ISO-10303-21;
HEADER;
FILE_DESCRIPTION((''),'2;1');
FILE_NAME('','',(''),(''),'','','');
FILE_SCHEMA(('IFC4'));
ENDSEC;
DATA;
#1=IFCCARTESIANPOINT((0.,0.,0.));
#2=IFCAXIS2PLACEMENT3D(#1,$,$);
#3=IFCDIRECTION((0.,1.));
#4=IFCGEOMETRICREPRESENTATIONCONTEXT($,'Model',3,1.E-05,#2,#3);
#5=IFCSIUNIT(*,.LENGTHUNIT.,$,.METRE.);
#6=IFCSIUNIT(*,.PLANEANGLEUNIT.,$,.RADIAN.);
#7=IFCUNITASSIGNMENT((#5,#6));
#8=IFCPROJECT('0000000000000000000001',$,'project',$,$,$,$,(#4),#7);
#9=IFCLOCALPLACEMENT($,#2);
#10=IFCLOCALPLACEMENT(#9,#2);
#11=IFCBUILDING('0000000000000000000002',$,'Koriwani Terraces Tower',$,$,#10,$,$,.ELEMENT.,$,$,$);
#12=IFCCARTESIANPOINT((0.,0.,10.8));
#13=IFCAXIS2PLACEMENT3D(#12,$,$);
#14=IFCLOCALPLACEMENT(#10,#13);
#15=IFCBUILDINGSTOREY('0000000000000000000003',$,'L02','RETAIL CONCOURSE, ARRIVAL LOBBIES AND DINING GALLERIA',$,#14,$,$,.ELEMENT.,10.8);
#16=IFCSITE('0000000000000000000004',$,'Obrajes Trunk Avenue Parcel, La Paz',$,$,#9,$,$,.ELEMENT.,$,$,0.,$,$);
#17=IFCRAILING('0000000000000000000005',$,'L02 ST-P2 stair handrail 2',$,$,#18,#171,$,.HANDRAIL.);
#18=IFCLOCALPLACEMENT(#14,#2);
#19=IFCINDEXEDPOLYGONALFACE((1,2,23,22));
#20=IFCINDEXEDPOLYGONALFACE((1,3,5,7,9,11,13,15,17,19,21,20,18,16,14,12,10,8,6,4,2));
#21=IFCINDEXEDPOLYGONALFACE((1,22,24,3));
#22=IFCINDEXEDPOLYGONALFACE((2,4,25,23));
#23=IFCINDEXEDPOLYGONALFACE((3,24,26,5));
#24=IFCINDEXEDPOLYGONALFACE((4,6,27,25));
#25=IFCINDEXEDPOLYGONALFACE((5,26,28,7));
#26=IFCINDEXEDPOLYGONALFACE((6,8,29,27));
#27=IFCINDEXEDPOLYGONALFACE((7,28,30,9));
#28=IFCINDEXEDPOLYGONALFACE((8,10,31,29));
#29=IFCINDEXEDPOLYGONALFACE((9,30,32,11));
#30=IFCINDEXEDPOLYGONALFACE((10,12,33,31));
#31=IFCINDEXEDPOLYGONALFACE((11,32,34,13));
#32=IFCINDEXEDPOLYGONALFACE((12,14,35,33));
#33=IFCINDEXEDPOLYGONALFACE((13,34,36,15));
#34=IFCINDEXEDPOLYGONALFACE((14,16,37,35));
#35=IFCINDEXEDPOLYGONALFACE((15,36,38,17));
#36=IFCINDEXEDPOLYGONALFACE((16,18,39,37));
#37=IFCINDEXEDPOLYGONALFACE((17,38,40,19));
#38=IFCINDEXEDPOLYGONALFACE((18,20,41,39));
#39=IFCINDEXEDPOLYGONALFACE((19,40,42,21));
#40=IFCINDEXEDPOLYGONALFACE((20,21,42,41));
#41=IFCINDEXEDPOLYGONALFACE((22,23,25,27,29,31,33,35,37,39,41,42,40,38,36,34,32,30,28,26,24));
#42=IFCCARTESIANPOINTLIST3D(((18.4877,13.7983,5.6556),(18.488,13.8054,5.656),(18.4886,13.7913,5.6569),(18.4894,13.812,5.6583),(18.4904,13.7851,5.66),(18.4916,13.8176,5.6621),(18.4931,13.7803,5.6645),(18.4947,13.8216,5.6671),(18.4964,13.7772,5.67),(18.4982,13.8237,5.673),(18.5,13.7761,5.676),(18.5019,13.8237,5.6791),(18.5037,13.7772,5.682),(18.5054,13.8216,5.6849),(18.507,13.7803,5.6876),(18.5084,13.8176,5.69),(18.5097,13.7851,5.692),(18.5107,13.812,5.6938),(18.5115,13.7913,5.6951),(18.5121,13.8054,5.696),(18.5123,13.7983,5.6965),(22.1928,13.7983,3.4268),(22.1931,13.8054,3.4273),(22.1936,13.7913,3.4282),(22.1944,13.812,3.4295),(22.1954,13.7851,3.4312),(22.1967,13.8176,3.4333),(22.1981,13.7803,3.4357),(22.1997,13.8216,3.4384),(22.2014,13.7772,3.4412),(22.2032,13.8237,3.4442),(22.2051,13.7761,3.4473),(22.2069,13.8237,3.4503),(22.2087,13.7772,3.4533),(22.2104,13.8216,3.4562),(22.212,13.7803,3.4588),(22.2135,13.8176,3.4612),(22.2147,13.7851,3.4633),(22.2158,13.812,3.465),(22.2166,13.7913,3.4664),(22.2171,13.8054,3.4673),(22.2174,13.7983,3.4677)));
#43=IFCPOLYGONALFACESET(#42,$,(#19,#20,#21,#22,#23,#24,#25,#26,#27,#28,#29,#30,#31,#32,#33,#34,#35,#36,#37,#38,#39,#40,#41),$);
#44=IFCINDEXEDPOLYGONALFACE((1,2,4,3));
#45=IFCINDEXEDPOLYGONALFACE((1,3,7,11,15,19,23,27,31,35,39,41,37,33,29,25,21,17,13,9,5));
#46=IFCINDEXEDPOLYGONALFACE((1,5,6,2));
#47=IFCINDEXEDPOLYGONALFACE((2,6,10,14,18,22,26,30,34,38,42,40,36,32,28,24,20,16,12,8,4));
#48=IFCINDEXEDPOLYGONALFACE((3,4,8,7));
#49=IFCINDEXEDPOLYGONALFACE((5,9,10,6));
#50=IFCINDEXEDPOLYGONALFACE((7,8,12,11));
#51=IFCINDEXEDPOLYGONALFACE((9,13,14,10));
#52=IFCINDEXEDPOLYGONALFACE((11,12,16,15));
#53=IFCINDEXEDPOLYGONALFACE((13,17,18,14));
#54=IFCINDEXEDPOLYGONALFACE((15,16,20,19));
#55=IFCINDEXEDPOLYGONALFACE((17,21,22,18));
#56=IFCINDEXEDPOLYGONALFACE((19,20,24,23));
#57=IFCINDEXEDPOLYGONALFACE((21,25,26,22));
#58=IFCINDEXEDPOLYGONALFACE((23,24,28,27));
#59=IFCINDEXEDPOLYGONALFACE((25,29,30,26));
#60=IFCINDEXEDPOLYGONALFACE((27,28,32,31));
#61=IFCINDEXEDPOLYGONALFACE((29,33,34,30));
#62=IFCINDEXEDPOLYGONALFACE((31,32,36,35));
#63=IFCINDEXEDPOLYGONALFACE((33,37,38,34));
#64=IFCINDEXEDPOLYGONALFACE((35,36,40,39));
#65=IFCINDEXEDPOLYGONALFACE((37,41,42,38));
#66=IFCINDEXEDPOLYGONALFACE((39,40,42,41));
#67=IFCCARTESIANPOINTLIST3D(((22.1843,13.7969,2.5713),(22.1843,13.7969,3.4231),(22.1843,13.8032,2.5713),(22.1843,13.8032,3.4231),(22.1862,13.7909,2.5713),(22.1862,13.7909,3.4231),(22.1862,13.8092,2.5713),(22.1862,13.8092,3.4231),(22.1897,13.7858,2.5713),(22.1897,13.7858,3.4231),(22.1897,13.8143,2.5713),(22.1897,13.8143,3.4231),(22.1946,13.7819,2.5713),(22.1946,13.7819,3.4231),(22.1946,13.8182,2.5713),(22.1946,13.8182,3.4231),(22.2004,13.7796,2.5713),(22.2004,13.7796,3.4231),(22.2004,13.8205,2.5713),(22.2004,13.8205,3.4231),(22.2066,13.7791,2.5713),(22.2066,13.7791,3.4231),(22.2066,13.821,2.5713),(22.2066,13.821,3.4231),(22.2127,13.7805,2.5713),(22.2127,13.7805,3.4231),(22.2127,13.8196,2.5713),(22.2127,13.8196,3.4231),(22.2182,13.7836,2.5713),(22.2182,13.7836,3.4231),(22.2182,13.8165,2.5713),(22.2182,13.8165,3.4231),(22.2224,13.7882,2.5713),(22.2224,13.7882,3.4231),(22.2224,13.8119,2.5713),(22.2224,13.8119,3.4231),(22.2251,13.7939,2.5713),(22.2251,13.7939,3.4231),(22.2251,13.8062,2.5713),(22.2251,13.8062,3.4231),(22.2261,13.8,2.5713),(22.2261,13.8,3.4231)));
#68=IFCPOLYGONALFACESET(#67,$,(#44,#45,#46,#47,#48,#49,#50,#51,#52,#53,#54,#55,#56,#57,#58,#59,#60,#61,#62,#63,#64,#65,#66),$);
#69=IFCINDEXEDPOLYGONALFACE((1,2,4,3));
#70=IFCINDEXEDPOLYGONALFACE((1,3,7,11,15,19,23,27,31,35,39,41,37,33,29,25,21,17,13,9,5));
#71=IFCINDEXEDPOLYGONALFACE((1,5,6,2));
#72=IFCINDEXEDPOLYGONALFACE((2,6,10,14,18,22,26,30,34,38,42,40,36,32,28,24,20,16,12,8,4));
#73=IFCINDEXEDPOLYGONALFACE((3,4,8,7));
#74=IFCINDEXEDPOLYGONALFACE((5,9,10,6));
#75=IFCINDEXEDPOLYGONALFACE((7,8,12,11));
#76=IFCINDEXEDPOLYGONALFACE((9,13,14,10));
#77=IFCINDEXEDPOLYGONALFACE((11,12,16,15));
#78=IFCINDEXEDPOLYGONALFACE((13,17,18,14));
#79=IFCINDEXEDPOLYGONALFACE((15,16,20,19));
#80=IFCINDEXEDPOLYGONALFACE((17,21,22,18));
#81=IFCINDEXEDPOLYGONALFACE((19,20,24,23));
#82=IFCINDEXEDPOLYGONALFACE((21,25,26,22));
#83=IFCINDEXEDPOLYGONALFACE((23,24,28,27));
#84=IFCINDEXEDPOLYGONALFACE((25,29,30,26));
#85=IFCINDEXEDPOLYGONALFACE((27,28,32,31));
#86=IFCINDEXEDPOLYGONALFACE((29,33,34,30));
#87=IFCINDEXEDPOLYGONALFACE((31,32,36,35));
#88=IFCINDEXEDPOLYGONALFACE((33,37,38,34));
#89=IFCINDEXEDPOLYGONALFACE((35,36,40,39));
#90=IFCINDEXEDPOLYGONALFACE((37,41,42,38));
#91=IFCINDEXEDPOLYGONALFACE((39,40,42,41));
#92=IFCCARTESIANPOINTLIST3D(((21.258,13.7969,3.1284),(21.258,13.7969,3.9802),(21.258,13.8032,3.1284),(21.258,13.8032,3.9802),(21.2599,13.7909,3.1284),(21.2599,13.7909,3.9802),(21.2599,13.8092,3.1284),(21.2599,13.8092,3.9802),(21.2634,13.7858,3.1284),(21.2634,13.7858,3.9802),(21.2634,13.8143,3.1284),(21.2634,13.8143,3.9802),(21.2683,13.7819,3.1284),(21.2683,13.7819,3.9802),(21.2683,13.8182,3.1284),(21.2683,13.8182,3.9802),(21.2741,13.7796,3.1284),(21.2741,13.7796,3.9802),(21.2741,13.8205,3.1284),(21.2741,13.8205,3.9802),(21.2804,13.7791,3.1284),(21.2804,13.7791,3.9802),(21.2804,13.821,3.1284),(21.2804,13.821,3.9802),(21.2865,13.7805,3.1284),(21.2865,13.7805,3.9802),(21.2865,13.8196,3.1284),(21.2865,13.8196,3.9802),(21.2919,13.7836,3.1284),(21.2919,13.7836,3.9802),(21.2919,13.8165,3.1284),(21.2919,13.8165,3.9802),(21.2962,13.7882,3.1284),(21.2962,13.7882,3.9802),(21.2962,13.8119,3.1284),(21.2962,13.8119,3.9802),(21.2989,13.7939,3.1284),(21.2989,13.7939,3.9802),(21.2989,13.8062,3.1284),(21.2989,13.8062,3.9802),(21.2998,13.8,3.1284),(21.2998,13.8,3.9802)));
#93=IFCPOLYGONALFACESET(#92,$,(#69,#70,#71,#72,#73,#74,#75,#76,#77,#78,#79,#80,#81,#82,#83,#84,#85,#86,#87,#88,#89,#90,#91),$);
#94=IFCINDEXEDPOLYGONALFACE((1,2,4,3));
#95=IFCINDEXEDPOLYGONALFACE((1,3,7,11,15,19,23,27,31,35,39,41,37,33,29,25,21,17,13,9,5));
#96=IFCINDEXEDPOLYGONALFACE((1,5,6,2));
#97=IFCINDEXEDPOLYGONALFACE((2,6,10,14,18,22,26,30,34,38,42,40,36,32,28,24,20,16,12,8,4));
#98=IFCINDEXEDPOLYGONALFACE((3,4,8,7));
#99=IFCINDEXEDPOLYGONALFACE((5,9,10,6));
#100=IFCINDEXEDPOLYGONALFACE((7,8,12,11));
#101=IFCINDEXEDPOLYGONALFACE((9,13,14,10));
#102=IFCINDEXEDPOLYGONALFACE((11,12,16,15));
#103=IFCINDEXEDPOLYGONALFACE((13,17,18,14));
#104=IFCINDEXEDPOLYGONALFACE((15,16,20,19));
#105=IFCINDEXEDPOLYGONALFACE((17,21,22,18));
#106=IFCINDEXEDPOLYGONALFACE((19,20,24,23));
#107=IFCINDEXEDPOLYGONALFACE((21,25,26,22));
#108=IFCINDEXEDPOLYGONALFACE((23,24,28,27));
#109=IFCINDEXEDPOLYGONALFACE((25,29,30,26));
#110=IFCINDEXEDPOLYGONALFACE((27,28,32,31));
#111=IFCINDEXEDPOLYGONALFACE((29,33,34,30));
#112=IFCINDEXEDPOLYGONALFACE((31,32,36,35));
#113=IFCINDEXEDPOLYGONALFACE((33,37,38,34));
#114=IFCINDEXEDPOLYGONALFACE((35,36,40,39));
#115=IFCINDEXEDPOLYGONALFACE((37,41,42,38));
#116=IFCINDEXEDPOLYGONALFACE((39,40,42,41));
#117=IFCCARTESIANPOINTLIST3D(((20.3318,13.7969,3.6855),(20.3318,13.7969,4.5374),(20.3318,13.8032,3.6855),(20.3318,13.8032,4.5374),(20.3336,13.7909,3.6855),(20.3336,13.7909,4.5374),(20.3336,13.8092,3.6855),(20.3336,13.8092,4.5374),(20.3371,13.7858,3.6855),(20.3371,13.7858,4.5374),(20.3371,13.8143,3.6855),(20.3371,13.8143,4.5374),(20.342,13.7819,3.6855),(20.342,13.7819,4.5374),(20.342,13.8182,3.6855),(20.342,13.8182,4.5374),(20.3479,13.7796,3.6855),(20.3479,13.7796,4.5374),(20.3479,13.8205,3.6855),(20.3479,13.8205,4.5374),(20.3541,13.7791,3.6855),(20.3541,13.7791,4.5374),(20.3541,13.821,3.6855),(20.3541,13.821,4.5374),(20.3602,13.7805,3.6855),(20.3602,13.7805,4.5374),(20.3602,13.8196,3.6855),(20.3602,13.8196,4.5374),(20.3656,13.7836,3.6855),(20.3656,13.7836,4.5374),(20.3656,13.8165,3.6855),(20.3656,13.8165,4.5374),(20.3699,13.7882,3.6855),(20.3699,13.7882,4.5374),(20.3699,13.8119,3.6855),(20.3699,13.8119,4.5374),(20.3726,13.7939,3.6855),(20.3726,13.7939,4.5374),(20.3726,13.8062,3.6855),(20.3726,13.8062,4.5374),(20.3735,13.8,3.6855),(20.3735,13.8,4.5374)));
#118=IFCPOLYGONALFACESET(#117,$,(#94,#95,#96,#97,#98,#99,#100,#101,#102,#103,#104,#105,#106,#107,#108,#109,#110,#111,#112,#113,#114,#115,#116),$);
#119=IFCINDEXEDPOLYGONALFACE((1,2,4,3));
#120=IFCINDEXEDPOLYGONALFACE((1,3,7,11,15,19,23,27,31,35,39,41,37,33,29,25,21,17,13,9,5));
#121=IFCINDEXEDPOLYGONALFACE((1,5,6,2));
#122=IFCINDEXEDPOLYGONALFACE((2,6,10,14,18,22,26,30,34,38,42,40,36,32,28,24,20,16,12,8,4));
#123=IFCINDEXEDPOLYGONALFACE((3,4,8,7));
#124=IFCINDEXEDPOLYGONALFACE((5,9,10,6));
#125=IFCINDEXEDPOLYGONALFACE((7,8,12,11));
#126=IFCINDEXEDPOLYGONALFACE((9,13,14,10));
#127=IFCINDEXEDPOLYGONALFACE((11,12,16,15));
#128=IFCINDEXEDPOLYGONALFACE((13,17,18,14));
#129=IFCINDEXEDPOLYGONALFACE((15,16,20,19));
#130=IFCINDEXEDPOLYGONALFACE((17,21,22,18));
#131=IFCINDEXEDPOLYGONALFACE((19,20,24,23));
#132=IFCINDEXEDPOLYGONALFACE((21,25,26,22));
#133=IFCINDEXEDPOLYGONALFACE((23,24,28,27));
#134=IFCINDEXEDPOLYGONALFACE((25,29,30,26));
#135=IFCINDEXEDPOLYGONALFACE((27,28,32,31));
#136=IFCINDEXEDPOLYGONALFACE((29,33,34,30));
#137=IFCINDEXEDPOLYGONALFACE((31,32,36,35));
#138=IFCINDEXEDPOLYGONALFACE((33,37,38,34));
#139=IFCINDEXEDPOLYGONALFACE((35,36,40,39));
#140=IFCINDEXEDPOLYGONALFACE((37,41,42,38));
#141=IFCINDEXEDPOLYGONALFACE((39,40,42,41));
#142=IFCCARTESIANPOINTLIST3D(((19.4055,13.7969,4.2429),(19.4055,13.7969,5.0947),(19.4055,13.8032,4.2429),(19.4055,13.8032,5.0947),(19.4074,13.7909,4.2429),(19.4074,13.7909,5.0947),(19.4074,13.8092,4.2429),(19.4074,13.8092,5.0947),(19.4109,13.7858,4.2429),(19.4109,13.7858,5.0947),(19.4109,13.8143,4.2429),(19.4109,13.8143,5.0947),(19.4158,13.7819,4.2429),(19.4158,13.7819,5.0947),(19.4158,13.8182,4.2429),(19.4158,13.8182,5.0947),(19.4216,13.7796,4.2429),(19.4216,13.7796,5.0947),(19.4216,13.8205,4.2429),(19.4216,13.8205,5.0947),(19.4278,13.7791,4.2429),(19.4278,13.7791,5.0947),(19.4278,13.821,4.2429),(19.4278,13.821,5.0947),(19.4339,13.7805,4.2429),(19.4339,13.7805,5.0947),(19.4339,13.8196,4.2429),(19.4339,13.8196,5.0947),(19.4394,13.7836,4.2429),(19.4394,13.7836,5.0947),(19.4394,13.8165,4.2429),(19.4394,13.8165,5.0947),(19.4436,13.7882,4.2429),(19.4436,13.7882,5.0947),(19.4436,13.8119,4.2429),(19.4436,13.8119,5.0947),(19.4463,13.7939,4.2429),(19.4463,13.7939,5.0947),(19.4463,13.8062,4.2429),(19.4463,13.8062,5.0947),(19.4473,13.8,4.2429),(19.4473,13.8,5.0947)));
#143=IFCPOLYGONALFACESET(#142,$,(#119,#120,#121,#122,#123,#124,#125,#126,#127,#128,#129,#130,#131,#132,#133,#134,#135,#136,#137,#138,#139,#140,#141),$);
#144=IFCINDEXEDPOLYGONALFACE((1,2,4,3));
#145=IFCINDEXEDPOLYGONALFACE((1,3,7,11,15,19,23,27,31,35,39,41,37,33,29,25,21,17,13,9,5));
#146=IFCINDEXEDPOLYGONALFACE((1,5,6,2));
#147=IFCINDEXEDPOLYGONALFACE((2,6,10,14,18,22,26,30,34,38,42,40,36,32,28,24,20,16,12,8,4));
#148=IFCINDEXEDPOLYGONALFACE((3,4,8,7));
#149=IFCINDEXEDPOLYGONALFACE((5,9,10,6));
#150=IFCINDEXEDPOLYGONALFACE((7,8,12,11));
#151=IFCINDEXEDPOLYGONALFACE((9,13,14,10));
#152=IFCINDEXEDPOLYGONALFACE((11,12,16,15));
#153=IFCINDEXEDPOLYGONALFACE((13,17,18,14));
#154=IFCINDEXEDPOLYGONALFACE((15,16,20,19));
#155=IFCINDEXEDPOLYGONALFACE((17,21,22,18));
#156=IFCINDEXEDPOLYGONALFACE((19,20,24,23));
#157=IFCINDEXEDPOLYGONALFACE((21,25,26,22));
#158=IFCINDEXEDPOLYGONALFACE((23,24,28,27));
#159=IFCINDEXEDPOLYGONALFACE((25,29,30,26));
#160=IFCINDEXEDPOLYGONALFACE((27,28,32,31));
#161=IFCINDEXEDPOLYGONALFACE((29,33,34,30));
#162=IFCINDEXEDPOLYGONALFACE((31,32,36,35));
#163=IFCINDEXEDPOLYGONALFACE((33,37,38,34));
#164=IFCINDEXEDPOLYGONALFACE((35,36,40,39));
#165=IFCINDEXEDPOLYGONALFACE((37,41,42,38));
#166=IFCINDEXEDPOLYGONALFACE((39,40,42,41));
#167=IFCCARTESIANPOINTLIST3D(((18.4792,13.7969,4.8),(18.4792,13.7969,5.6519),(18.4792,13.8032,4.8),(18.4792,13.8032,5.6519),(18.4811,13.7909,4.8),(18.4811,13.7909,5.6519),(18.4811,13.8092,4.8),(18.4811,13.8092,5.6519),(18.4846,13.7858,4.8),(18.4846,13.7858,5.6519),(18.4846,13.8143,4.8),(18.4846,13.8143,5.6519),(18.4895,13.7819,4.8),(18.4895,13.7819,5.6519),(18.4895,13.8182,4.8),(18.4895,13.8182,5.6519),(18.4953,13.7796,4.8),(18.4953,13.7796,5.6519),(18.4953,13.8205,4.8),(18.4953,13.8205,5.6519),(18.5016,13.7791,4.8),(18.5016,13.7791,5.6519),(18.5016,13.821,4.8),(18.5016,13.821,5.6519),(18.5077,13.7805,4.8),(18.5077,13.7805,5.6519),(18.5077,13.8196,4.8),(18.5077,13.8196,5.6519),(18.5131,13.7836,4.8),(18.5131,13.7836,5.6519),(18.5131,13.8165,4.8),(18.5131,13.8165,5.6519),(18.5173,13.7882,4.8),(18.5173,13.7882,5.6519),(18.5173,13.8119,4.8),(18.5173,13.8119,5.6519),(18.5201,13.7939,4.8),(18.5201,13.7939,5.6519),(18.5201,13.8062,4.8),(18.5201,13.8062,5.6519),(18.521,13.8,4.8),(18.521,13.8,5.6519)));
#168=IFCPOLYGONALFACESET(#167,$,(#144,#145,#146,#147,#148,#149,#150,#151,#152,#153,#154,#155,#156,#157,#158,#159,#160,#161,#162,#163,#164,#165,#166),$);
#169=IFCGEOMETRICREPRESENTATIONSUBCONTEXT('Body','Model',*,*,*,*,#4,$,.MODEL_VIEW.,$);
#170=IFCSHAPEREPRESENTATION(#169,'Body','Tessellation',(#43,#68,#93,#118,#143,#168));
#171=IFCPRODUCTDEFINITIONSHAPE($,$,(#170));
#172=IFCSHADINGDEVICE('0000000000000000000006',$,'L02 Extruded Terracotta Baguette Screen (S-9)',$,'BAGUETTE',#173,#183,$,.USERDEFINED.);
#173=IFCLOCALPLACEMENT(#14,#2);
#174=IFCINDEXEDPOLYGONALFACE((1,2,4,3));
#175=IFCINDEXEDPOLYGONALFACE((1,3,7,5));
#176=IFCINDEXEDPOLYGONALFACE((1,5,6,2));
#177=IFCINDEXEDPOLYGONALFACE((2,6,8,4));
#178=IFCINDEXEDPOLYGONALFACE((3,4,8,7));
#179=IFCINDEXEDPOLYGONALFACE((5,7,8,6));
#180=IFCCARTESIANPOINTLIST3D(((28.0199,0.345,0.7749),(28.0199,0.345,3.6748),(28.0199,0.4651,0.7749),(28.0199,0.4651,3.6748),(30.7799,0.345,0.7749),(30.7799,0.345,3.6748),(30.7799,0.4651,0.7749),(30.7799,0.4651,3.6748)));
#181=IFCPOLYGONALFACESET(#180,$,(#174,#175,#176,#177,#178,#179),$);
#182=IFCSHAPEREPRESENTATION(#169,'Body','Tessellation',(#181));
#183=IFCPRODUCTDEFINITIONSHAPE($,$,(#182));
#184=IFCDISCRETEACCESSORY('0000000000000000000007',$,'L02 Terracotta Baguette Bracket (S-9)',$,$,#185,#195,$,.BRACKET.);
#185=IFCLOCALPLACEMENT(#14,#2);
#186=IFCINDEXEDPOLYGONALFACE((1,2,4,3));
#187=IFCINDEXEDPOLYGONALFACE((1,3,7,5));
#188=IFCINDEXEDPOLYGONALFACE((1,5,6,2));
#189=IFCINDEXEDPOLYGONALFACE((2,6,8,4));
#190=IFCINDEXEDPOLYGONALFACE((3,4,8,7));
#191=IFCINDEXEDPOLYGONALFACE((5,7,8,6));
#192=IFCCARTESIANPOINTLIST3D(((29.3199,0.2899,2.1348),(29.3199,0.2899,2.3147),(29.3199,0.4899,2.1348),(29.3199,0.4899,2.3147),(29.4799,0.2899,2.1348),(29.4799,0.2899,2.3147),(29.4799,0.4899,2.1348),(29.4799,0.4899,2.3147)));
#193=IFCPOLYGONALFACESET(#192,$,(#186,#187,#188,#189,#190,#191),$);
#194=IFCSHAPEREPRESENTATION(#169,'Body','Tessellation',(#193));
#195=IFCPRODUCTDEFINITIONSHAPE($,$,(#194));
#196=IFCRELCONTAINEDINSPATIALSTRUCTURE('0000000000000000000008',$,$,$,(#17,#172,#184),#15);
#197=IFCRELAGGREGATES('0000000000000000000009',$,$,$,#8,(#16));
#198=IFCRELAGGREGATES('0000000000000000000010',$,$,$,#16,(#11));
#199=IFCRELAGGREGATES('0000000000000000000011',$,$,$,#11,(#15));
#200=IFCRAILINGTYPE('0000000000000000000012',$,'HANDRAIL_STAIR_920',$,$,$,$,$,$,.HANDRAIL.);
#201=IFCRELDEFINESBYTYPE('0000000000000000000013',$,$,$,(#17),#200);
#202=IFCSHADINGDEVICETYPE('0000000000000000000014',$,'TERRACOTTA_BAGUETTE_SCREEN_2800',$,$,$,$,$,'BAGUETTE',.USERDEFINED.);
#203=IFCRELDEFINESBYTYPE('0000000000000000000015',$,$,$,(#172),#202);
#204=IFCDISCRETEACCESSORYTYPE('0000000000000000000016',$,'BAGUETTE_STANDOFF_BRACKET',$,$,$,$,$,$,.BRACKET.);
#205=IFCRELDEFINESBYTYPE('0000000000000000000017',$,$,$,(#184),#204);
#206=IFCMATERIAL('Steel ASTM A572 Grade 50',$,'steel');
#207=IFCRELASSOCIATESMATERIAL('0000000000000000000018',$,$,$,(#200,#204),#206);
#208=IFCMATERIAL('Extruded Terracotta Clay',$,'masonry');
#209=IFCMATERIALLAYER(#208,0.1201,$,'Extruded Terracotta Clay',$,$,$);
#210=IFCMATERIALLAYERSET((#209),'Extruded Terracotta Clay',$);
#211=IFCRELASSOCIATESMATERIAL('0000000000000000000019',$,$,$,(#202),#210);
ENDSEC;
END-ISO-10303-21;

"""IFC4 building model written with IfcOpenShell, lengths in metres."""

from ifc_helpers import new_model, si_unit, direction, frame, origin, origin_2d, place, context, subcontext, project, spatial, rectangle, circle, extrude, material, layer, layer_set, type_object, element, save


model = new_model("IFC4")

# Units and contexts
model_context = context("Model", 3, precision=1e-05, world=origin(), true_north=direction((0.0, 1.0)))
body_context = subcontext(model_context, "Body", "Model", "MODEL_VIEW")
ifc_project = project(units=[si_unit("LENGTHUNIT", "METRE"), si_unit("PLANEANGLEUNIT", "RADIAN")], contexts=[model_context])

# Site, building, storey
site_placement = place(None, origin())
site = spatial("IfcSite", under=ifc_project, at=site_placement, Name="Obrajes Trunk Avenue Parcel, La Paz", CompositionType="ELEMENT", RefElevation=0.0)
building_placement = place(site_placement, origin())
building = spatial("IfcBuilding", under=site, at=building_placement, Name="Koriwani Terraces Tower", CompositionType="ELEMENT")
storey_placement = place(building_placement, frame((0.0, 0.0, 10.8)))
storey = spatial("IfcBuildingStorey", under=building, at=storey_placement, Name="L02", Description="RETAIL CONCOURSE, ARRIVAL LOBBIES AND DINING GALLERIA", CompositionType="ELEMENT", Elevation=10.8)

# Shared definitions
ifc_material_1 = material(Name="Steel ASTM A572 Grade 50", Category="steel")

# Railing
railing_type_1 = type_object("IfcRailingType", Name="HANDRAIL_STAIR_920", PredefinedType="HANDRAIL", material=ifc_material_1)
railing_1_placement = place(storey_placement, frame((22.2051, 13.8, 2.5713)))
element("IfcRailing", 1, at=railing_1_placement, inside=storey, type_object=railing_type_1, Name="L02 ST-P2 stair handrail 2", PredefinedType="HANDRAIL", context=body_context, shape_type="SweptSolid", body=[
    extrude(circle(Radius=0.0239, at=origin_2d()), frame((0.0, 0.0, 0.876), z_axis=(-0.856909, 0.0, 0.515467), x_axis=(0.0, -1.0, 0.0)), (0.0, 0.0, 1.0), 4.3237),
    extrude(circle(Radius=0.021, at=origin_2d()), origin(), (0.0, 0.0, 1.0), 0.8518),
    extrude(circle(Radius=0.021, at=origin_2d()), frame((-0.9263, 0.0, 0.5571)), (0.0, 0.0, 1.0), 0.8518),
    extrude(circle(Radius=0.021, at=origin_2d()), frame((-1.8525, 0.0, 1.1143)), (0.0, 0.0, 1.0), 0.8518),
    extrude(circle(Radius=0.021, at=origin_2d()), frame((-2.7788, 0.0, 1.6716)), (0.0, 0.0, 1.0), 0.8518),
    extrude(circle(Radius=0.021, at=origin_2d()), frame((-3.7051, 0.0, 2.2288)), (0.0, 0.0, 1.0), 0.8518),
])

# Shading device
ifc_material_2 = material(Name="Extruded Terracotta Clay", Category="masonry")
ifc_layer_1 = layer(ifc_material_2, 0.1201, Name="Extruded Terracotta Clay")
ifc_layer_set_1 = layer_set([ifc_layer_1], Name="Extruded Terracotta Clay")
shading_device_type = type_object("IfcShadingDeviceType", Name="TERRACOTTA_BAGUETTE_SCREEN_2800", ElementType="BAGUETTE", PredefinedType="USERDEFINED", material=ifc_layer_set_1)
shading_device_placement = place(storey_placement, frame((29.3999, 0.405, 0.7749), z_axis=(0.0, 0.0, 1.0), x_axis=(-1.0, 0.0, 0.0)))
element("IfcShadingDevice", 2, at=shading_device_placement, inside=storey, type_object=shading_device_type, Name="L02 Extruded Terracotta Baguette Screen (S-9)", ObjectType="BAGUETTE", PredefinedType="USERDEFINED", context=body_context, shape_type="SweptSolid", body=[
    extrude(rectangle(XDim=2.76, YDim=0.1201, at=origin_2d()), origin(), (0.0, 0.0, 1.0), 2.8999),
])

# Discrete accessory
discrete_accessory_type = type_object("IfcDiscreteAccessoryType", Name="BAGUETTE_STANDOFF_BRACKET", PredefinedType="BRACKET", material=ifc_material_1)
discrete_accessory_placement = place(storey_placement, frame((29.3999, 0.3899, 2.1348), z_axis=(0.0, 0.0, 1.0), x_axis=(-1.0, 0.0, 0.0)))
element("IfcDiscreteAccessory", 3, at=discrete_accessory_placement, inside=storey, type_object=discrete_accessory_type, Name="L02 Terracotta Baguette Bracket (S-9)", PredefinedType="BRACKET", context=body_context, shape_type="SweptSolid", body=[
    extrude(rectangle(XDim=0.1599, YDim=0.2, at=origin_2d()), origin(), (0.0, 0.0, 1.0), 0.1799),
])

save(model, "model.ifc")
